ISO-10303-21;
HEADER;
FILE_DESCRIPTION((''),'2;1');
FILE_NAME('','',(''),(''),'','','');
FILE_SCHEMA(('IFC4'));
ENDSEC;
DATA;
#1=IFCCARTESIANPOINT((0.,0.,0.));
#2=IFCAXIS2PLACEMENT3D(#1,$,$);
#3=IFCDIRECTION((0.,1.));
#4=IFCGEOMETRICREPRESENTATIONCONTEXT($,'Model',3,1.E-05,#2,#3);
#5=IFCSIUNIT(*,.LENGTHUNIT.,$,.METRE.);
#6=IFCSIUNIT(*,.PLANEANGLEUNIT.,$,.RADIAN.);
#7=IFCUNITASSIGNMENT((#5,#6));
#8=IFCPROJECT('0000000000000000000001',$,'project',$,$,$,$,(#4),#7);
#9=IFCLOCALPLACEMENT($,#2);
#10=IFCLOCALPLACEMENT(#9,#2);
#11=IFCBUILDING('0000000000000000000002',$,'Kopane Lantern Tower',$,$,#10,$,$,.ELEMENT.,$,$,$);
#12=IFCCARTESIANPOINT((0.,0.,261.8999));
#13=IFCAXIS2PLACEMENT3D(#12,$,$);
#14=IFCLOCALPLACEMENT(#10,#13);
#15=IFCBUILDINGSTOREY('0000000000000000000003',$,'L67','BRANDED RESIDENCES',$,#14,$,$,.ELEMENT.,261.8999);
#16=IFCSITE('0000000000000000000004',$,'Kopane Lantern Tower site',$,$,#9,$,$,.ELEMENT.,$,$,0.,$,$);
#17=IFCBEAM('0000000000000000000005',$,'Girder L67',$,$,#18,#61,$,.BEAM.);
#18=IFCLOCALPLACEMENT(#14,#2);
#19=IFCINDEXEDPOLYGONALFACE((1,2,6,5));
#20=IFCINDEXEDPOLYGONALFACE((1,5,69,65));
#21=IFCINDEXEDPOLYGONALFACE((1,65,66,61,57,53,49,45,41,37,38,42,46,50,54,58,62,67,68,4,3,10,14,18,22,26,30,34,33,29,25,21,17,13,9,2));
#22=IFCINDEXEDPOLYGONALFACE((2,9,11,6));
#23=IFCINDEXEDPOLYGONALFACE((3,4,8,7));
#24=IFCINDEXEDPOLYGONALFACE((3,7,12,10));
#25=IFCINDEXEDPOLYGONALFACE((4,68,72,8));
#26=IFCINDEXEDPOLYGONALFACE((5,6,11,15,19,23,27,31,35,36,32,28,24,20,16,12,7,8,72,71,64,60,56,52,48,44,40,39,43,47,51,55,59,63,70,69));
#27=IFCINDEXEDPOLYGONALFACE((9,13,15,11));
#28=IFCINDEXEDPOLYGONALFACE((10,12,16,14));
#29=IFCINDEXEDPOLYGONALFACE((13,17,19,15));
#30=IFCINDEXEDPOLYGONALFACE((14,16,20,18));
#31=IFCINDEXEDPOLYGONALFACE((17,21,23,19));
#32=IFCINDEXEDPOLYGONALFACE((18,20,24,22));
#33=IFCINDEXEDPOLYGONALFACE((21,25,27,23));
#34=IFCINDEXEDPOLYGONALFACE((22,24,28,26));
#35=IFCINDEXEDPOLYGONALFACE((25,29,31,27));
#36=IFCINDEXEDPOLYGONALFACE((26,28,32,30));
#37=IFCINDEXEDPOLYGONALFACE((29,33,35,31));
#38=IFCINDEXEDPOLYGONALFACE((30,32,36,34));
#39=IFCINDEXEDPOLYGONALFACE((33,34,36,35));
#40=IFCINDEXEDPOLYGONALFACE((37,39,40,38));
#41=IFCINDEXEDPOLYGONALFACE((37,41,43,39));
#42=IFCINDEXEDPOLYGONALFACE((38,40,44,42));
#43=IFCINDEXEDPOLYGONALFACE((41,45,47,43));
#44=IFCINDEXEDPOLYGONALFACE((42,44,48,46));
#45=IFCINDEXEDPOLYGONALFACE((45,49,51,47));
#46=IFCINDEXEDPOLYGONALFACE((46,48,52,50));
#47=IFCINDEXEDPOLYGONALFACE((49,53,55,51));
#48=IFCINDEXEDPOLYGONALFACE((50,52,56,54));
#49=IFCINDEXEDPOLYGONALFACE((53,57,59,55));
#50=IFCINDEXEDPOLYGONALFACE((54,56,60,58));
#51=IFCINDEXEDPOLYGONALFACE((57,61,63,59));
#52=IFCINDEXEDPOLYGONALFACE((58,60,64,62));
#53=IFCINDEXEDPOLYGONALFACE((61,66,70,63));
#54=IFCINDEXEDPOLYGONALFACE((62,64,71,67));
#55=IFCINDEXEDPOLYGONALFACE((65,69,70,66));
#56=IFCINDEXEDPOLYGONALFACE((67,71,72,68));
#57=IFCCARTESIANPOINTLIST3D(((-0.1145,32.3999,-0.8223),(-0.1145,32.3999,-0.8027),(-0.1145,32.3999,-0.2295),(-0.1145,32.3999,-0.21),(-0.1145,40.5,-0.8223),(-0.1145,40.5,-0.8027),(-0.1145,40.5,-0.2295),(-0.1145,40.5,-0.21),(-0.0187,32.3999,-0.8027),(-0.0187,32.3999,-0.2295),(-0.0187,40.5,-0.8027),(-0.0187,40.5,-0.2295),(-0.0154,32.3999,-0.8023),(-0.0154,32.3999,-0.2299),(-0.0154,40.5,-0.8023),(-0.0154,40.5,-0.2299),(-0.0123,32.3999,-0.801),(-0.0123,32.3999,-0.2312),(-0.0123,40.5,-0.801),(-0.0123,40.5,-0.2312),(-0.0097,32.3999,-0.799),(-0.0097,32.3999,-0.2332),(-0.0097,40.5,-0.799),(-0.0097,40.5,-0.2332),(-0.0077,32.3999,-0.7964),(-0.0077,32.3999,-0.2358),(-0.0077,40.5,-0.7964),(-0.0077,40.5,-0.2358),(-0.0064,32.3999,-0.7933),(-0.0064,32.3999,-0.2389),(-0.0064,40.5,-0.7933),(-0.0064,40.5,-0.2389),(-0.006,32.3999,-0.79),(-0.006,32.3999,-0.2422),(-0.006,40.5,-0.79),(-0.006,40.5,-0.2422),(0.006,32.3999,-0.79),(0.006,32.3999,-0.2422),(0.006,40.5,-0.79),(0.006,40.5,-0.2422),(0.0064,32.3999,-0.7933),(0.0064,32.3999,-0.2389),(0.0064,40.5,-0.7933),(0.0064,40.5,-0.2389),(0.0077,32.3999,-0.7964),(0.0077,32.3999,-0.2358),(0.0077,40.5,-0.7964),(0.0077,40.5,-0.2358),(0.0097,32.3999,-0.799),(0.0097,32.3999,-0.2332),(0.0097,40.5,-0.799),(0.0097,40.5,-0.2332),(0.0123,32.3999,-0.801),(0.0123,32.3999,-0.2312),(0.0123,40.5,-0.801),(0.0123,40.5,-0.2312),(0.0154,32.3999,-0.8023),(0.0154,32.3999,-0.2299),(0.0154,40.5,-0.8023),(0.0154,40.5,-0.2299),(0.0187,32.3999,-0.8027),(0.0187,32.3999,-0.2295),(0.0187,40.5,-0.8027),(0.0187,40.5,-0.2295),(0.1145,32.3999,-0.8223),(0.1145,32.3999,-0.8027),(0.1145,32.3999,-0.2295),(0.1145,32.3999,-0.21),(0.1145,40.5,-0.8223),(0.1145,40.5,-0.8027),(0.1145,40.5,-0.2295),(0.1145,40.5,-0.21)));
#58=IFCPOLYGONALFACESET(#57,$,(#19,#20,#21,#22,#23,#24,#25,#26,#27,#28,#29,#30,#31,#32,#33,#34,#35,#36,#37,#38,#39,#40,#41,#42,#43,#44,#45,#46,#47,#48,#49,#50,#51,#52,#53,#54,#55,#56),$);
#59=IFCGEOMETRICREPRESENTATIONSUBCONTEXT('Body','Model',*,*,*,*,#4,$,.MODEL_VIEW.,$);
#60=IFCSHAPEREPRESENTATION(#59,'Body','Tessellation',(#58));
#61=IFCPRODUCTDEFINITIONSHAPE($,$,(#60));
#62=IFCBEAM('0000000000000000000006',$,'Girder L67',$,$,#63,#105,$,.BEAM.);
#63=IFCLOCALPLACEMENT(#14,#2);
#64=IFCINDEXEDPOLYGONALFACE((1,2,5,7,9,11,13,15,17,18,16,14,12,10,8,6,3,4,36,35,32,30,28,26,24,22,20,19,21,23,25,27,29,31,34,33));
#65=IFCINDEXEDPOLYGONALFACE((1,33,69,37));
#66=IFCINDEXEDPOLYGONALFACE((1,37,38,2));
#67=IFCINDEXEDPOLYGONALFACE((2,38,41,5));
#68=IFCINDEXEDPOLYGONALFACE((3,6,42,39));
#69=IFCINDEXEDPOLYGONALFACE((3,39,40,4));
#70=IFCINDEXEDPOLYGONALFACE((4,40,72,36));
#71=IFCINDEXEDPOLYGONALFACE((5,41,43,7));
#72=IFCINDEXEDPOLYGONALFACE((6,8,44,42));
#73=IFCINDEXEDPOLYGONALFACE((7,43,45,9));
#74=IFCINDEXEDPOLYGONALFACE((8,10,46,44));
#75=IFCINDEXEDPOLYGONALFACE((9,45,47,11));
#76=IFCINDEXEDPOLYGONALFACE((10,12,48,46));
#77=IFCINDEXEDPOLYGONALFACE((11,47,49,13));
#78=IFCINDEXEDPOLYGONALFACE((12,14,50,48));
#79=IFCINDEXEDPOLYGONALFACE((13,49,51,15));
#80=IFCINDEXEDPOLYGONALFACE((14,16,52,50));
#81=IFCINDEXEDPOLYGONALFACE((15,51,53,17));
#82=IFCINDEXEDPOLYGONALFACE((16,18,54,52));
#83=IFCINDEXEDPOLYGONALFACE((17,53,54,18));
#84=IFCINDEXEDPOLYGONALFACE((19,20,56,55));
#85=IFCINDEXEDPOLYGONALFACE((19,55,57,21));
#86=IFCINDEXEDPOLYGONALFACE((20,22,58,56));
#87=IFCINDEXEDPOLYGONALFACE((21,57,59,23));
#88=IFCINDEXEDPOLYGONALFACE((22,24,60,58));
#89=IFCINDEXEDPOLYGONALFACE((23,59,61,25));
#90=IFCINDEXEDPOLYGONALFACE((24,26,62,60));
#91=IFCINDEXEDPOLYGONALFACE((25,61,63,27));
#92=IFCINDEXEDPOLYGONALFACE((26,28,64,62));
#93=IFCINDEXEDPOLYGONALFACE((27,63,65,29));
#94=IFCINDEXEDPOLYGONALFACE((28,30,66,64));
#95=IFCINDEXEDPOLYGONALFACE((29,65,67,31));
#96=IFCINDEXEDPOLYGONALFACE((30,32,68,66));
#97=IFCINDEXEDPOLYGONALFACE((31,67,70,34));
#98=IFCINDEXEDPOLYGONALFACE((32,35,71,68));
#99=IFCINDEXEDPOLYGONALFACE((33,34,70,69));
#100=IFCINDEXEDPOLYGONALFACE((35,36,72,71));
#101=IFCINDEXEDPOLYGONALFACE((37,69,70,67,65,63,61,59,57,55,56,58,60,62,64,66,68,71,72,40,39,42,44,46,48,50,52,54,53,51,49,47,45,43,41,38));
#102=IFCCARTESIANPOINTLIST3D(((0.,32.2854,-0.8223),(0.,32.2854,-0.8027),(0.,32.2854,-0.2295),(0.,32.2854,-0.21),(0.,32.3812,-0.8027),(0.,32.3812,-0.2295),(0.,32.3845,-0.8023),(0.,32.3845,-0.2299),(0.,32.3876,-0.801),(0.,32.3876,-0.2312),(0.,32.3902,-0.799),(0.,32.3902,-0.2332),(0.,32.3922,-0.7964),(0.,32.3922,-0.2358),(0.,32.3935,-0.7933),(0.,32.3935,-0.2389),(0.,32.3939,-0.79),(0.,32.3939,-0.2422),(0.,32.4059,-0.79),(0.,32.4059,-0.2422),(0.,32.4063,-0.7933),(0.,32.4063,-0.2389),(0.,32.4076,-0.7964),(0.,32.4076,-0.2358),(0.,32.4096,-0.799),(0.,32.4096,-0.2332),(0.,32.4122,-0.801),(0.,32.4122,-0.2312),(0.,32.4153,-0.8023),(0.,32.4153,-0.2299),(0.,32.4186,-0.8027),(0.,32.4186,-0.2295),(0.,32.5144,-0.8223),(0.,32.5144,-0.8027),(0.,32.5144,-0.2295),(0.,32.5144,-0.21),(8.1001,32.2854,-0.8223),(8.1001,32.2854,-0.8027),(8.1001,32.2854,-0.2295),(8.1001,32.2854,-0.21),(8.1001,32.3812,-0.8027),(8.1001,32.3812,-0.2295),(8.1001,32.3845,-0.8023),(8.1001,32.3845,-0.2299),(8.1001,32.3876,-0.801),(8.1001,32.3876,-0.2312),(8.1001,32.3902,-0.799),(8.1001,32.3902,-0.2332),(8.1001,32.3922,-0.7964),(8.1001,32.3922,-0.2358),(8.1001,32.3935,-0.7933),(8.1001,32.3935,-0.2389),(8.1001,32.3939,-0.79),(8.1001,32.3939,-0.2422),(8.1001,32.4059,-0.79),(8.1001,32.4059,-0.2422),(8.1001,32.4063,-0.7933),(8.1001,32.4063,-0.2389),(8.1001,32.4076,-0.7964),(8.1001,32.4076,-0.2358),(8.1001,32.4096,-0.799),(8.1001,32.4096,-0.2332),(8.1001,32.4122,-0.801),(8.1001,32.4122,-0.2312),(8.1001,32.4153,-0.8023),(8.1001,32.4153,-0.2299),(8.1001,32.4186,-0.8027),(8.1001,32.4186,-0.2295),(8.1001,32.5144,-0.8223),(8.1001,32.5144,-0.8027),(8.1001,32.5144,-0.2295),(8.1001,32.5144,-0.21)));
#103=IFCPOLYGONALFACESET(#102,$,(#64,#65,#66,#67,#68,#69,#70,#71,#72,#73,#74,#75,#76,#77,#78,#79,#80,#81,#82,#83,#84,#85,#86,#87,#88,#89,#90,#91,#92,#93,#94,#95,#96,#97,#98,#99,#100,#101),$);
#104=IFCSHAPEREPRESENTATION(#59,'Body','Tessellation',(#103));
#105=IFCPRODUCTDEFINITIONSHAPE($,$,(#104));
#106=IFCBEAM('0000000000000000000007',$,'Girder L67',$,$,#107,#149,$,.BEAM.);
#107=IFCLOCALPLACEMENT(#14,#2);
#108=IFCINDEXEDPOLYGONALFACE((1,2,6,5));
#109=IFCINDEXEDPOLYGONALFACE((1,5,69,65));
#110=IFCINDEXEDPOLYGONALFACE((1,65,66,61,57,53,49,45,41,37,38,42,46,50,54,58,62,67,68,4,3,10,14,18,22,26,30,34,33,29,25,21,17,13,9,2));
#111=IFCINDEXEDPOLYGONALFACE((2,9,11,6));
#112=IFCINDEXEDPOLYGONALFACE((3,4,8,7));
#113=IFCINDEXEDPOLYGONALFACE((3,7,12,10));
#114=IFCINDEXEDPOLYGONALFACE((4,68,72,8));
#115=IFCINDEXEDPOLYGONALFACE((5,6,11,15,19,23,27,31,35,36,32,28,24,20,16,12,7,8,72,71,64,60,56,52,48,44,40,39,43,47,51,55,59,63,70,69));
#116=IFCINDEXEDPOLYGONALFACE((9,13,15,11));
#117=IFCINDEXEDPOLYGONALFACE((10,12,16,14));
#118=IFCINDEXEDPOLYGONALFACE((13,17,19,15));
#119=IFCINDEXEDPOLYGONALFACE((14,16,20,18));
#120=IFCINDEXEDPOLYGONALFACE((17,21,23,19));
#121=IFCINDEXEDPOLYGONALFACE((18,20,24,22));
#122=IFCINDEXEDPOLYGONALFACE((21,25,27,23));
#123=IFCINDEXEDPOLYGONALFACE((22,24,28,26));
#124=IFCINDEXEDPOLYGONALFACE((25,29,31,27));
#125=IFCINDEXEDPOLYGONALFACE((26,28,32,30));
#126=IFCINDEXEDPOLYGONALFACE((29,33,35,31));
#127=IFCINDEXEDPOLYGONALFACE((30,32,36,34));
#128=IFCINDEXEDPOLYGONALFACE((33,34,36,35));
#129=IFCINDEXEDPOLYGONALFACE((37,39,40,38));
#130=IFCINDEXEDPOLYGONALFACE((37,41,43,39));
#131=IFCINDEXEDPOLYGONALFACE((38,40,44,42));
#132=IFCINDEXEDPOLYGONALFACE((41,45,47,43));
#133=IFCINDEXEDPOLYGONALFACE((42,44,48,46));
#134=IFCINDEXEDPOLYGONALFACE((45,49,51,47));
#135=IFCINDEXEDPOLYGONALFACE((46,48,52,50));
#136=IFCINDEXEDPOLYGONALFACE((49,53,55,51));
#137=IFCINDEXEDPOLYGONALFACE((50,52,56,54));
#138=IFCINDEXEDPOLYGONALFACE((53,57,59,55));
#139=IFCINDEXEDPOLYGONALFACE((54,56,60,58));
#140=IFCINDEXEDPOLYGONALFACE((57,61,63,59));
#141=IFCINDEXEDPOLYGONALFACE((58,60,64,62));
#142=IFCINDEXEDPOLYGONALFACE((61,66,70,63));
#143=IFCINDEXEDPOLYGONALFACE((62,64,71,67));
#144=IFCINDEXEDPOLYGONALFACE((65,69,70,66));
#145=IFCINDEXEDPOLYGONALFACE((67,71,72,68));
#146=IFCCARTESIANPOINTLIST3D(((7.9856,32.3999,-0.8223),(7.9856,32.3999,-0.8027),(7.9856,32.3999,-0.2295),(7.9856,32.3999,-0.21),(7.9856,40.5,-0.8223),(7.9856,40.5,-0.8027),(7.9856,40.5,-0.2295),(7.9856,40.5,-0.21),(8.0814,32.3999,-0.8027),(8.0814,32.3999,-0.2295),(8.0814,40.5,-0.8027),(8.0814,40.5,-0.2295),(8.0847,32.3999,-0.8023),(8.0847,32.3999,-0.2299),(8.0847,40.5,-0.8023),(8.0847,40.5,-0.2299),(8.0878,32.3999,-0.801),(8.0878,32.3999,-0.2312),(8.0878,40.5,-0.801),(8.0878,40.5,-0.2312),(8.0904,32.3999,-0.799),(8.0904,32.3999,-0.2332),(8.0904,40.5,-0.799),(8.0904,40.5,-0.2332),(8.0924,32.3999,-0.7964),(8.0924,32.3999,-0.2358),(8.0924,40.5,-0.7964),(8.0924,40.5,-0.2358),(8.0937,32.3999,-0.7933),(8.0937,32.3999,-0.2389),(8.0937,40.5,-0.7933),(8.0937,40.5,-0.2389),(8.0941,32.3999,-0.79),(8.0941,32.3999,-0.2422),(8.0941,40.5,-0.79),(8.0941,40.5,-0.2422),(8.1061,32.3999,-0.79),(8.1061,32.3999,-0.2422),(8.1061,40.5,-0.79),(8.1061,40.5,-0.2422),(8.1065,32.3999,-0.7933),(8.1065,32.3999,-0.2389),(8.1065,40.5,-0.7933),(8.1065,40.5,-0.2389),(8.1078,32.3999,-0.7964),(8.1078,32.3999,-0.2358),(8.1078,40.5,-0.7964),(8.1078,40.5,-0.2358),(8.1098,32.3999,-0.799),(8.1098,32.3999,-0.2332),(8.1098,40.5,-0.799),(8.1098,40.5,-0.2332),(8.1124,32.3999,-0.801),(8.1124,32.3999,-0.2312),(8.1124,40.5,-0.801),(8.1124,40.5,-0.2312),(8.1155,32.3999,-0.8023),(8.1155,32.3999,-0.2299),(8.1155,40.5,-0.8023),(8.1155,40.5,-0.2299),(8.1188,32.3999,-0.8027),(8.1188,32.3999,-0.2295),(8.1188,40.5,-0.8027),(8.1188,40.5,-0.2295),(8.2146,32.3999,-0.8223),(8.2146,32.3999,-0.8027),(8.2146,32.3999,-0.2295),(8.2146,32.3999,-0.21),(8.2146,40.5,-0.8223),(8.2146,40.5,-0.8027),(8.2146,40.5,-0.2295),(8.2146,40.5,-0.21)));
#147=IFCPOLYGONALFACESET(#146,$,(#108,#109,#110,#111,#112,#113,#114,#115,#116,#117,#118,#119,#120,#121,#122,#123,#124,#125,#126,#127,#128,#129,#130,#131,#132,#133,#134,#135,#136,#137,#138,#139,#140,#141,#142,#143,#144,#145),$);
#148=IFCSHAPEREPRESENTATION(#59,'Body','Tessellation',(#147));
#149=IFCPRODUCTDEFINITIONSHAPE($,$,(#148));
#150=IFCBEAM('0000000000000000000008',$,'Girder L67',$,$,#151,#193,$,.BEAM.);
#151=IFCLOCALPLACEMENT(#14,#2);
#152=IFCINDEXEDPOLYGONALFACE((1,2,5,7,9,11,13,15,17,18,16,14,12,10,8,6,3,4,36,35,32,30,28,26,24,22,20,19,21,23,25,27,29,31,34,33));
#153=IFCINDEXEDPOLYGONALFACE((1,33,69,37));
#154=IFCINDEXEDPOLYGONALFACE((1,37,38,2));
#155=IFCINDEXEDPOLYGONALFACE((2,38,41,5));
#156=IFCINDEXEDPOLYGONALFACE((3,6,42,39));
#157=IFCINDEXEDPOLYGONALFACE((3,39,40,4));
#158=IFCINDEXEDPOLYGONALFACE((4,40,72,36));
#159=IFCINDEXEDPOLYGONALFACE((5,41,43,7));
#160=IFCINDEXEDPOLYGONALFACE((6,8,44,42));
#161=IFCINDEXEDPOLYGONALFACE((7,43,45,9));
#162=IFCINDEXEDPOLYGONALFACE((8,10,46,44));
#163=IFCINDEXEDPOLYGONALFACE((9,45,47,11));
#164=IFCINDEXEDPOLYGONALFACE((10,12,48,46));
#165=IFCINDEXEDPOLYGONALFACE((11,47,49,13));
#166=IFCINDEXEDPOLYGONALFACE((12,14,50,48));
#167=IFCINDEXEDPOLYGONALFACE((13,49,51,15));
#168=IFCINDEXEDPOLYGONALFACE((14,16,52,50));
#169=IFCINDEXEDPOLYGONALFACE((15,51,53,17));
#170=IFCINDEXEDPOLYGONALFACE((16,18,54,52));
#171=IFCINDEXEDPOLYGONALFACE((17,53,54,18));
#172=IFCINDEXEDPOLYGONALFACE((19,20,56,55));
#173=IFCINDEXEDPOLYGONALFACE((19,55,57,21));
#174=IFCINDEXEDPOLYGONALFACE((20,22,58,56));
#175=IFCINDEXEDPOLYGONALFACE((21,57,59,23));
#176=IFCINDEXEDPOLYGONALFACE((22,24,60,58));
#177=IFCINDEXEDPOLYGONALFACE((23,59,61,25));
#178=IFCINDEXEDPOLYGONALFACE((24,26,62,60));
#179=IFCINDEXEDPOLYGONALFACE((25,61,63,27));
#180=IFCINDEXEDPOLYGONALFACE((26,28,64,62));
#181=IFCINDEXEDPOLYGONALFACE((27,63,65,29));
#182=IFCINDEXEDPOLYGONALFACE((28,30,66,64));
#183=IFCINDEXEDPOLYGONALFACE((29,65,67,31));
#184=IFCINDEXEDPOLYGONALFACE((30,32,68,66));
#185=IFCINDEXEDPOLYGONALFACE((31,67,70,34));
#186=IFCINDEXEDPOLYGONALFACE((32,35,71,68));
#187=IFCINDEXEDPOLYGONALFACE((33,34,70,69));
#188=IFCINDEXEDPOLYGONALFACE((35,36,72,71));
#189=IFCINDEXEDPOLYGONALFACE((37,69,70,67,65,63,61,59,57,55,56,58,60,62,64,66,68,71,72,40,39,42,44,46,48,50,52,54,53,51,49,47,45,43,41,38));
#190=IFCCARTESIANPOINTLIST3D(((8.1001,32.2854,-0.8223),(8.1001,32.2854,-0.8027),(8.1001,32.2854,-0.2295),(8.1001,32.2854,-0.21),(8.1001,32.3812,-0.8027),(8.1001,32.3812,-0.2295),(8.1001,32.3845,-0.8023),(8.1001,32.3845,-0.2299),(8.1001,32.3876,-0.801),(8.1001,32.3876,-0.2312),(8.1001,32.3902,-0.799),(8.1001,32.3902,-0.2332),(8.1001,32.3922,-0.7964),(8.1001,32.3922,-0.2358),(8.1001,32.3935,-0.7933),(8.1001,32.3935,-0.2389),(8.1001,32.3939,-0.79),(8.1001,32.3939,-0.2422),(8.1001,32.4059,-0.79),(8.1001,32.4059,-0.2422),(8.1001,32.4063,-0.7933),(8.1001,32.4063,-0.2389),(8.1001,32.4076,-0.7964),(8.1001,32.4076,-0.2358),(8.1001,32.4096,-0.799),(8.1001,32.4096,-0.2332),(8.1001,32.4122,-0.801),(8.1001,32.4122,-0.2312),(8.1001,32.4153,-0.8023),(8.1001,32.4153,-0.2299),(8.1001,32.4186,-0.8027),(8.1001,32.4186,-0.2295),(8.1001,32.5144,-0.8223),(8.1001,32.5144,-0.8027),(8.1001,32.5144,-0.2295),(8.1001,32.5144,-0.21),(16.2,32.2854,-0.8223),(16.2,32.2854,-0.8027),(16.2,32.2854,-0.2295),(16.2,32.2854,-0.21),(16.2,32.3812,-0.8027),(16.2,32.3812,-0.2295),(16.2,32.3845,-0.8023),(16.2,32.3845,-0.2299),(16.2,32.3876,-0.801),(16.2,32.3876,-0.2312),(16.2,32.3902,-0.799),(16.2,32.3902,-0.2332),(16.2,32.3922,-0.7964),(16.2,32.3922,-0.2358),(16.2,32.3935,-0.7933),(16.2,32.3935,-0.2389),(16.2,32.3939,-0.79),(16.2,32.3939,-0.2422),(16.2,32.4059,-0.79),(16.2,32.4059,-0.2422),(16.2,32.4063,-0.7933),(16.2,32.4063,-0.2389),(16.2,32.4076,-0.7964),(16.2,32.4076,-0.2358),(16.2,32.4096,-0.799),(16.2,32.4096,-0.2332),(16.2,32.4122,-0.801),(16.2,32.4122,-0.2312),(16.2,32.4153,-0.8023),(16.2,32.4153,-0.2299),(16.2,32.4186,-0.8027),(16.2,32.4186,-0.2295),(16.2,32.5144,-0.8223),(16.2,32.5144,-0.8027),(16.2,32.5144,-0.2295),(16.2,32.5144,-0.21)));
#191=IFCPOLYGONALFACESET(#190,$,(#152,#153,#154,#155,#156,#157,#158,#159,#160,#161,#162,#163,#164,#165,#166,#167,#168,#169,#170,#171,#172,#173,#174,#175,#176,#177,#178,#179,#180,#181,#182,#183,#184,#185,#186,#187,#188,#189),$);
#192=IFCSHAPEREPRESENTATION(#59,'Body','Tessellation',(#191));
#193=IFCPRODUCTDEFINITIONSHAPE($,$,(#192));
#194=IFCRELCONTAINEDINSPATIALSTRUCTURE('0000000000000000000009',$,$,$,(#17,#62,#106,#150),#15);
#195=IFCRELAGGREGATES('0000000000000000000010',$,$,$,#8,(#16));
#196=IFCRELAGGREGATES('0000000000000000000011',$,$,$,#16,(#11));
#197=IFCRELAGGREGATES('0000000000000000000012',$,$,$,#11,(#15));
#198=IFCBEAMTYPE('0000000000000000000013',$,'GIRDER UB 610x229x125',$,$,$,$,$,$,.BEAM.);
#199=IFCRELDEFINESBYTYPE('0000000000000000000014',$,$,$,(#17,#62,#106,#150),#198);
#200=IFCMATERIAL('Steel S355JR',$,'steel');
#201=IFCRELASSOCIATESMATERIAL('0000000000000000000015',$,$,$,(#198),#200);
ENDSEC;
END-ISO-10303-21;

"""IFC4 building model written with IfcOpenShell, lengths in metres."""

from ifc_helpers import new_model, si_unit, direction, frame, origin, origin_2d, place, context, subcontext, project, spatial, i_section, extrude, material, material_profile, profile_set, type_object, element, save


model = new_model("IFC4")

# Units and contexts
model_context = context("Model", 3, precision=1e-05, world=origin(), true_north=direction((0.0, 1.0)))
body_context = subcontext(model_context, "Body", "Model", "MODEL_VIEW")
ifc_project = project(units=[si_unit("LENGTHUNIT", "METRE"), si_unit("PLANEANGLEUNIT", "RADIAN")], contexts=[model_context])

# Site, building, storey
site_placement = place(None, origin())
site = spatial("IfcSite", under=ifc_project, at=site_placement, Name="Kopane Lantern Tower site", CompositionType="ELEMENT", RefElevation=0.0)
building_placement = place(site_placement, origin())
building = spatial("IfcBuilding", under=site, at=building_placement, Name="Kopane Lantern Tower", CompositionType="ELEMENT")
storey_placement = place(building_placement, frame((0.0, 0.0, 261.8999)))
storey = spatial("IfcBuildingStorey", under=building, at=storey_placement, Name="L67", Description="BRANDED RESIDENCES", CompositionType="ELEMENT", Elevation=261.8999)

# Beams
ifc_material_1 = material(Name="Steel S355JR", Category="steel")
ifc_material_profile_1 = material_profile(ifc_material_1, i_section(OverallWidth=0.229, OverallDepth=0.6123, WebThickness=0.012, FlangeThickness=0.0195, FilletRadius=0.0127, at=origin_2d()), Name="UB 610x229x125")
ifc_profile_set_1 = profile_set([ifc_material_profile_1], Name="Steel S355JR")
beam_type = type_object("IfcBeamType", Name="GIRDER UB 610x229x125", PredefinedType="BEAM", material=ifc_profile_set_1)
for number, where, z_axis, x_axis, name in (
    (1, (0.0, 32.3999, -0.5161), (0.0, 1.0, 0.0), (-1.0, 0.0, 0.0), "Girder L67"),
    (2, (0.0, 32.3999, -0.5161), (1.0, 0.0, 0.0), (0.0, 1.0, 0.0), "Girder L67"),
    (3, (8.1001, 32.3999, -0.5161), (0.0, 1.0, 0.0), (-1.0, 0.0, 0.0), "Girder L67"),
):
    element("IfcBeam", number, at=place(storey_placement, frame(where, z_axis=z_axis, x_axis=x_axis)), inside=storey, type_object=beam_type, Name=name, PredefinedType="BEAM", context=body_context, shape_type="SweptSolid", body=[
        extrude(i_section(OverallWidth=0.229, OverallDepth=0.6123, WebThickness=0.012, FlangeThickness=0.0195, FilletRadius=0.0127, at=origin_2d()), origin(), (0.0, 0.0, 1.0), 8.1001),
    ])
for number, where, z_axis, x_axis, name in (
    (4, (8.1001, 32.3999, -0.5161), (1.0, 0.0, 0.0), (0.0, 1.0, 0.0), "Girder L67"),
):
    element("IfcBeam", number, at=place(storey_placement, frame(where, z_axis=z_axis, x_axis=x_axis)), inside=storey, type_object=beam_type, Name=name, PredefinedType="BEAM", context=body_context, shape_type="SweptSolid", body=[
        extrude(i_section(OverallWidth=0.229, OverallDepth=0.6123, WebThickness=0.012, FlangeThickness=0.0195, FilletRadius=0.0127, at=origin_2d()), origin(), (0.0, 0.0, 1.0), 8.0999),
    ])

save(model, "model.ifc")
